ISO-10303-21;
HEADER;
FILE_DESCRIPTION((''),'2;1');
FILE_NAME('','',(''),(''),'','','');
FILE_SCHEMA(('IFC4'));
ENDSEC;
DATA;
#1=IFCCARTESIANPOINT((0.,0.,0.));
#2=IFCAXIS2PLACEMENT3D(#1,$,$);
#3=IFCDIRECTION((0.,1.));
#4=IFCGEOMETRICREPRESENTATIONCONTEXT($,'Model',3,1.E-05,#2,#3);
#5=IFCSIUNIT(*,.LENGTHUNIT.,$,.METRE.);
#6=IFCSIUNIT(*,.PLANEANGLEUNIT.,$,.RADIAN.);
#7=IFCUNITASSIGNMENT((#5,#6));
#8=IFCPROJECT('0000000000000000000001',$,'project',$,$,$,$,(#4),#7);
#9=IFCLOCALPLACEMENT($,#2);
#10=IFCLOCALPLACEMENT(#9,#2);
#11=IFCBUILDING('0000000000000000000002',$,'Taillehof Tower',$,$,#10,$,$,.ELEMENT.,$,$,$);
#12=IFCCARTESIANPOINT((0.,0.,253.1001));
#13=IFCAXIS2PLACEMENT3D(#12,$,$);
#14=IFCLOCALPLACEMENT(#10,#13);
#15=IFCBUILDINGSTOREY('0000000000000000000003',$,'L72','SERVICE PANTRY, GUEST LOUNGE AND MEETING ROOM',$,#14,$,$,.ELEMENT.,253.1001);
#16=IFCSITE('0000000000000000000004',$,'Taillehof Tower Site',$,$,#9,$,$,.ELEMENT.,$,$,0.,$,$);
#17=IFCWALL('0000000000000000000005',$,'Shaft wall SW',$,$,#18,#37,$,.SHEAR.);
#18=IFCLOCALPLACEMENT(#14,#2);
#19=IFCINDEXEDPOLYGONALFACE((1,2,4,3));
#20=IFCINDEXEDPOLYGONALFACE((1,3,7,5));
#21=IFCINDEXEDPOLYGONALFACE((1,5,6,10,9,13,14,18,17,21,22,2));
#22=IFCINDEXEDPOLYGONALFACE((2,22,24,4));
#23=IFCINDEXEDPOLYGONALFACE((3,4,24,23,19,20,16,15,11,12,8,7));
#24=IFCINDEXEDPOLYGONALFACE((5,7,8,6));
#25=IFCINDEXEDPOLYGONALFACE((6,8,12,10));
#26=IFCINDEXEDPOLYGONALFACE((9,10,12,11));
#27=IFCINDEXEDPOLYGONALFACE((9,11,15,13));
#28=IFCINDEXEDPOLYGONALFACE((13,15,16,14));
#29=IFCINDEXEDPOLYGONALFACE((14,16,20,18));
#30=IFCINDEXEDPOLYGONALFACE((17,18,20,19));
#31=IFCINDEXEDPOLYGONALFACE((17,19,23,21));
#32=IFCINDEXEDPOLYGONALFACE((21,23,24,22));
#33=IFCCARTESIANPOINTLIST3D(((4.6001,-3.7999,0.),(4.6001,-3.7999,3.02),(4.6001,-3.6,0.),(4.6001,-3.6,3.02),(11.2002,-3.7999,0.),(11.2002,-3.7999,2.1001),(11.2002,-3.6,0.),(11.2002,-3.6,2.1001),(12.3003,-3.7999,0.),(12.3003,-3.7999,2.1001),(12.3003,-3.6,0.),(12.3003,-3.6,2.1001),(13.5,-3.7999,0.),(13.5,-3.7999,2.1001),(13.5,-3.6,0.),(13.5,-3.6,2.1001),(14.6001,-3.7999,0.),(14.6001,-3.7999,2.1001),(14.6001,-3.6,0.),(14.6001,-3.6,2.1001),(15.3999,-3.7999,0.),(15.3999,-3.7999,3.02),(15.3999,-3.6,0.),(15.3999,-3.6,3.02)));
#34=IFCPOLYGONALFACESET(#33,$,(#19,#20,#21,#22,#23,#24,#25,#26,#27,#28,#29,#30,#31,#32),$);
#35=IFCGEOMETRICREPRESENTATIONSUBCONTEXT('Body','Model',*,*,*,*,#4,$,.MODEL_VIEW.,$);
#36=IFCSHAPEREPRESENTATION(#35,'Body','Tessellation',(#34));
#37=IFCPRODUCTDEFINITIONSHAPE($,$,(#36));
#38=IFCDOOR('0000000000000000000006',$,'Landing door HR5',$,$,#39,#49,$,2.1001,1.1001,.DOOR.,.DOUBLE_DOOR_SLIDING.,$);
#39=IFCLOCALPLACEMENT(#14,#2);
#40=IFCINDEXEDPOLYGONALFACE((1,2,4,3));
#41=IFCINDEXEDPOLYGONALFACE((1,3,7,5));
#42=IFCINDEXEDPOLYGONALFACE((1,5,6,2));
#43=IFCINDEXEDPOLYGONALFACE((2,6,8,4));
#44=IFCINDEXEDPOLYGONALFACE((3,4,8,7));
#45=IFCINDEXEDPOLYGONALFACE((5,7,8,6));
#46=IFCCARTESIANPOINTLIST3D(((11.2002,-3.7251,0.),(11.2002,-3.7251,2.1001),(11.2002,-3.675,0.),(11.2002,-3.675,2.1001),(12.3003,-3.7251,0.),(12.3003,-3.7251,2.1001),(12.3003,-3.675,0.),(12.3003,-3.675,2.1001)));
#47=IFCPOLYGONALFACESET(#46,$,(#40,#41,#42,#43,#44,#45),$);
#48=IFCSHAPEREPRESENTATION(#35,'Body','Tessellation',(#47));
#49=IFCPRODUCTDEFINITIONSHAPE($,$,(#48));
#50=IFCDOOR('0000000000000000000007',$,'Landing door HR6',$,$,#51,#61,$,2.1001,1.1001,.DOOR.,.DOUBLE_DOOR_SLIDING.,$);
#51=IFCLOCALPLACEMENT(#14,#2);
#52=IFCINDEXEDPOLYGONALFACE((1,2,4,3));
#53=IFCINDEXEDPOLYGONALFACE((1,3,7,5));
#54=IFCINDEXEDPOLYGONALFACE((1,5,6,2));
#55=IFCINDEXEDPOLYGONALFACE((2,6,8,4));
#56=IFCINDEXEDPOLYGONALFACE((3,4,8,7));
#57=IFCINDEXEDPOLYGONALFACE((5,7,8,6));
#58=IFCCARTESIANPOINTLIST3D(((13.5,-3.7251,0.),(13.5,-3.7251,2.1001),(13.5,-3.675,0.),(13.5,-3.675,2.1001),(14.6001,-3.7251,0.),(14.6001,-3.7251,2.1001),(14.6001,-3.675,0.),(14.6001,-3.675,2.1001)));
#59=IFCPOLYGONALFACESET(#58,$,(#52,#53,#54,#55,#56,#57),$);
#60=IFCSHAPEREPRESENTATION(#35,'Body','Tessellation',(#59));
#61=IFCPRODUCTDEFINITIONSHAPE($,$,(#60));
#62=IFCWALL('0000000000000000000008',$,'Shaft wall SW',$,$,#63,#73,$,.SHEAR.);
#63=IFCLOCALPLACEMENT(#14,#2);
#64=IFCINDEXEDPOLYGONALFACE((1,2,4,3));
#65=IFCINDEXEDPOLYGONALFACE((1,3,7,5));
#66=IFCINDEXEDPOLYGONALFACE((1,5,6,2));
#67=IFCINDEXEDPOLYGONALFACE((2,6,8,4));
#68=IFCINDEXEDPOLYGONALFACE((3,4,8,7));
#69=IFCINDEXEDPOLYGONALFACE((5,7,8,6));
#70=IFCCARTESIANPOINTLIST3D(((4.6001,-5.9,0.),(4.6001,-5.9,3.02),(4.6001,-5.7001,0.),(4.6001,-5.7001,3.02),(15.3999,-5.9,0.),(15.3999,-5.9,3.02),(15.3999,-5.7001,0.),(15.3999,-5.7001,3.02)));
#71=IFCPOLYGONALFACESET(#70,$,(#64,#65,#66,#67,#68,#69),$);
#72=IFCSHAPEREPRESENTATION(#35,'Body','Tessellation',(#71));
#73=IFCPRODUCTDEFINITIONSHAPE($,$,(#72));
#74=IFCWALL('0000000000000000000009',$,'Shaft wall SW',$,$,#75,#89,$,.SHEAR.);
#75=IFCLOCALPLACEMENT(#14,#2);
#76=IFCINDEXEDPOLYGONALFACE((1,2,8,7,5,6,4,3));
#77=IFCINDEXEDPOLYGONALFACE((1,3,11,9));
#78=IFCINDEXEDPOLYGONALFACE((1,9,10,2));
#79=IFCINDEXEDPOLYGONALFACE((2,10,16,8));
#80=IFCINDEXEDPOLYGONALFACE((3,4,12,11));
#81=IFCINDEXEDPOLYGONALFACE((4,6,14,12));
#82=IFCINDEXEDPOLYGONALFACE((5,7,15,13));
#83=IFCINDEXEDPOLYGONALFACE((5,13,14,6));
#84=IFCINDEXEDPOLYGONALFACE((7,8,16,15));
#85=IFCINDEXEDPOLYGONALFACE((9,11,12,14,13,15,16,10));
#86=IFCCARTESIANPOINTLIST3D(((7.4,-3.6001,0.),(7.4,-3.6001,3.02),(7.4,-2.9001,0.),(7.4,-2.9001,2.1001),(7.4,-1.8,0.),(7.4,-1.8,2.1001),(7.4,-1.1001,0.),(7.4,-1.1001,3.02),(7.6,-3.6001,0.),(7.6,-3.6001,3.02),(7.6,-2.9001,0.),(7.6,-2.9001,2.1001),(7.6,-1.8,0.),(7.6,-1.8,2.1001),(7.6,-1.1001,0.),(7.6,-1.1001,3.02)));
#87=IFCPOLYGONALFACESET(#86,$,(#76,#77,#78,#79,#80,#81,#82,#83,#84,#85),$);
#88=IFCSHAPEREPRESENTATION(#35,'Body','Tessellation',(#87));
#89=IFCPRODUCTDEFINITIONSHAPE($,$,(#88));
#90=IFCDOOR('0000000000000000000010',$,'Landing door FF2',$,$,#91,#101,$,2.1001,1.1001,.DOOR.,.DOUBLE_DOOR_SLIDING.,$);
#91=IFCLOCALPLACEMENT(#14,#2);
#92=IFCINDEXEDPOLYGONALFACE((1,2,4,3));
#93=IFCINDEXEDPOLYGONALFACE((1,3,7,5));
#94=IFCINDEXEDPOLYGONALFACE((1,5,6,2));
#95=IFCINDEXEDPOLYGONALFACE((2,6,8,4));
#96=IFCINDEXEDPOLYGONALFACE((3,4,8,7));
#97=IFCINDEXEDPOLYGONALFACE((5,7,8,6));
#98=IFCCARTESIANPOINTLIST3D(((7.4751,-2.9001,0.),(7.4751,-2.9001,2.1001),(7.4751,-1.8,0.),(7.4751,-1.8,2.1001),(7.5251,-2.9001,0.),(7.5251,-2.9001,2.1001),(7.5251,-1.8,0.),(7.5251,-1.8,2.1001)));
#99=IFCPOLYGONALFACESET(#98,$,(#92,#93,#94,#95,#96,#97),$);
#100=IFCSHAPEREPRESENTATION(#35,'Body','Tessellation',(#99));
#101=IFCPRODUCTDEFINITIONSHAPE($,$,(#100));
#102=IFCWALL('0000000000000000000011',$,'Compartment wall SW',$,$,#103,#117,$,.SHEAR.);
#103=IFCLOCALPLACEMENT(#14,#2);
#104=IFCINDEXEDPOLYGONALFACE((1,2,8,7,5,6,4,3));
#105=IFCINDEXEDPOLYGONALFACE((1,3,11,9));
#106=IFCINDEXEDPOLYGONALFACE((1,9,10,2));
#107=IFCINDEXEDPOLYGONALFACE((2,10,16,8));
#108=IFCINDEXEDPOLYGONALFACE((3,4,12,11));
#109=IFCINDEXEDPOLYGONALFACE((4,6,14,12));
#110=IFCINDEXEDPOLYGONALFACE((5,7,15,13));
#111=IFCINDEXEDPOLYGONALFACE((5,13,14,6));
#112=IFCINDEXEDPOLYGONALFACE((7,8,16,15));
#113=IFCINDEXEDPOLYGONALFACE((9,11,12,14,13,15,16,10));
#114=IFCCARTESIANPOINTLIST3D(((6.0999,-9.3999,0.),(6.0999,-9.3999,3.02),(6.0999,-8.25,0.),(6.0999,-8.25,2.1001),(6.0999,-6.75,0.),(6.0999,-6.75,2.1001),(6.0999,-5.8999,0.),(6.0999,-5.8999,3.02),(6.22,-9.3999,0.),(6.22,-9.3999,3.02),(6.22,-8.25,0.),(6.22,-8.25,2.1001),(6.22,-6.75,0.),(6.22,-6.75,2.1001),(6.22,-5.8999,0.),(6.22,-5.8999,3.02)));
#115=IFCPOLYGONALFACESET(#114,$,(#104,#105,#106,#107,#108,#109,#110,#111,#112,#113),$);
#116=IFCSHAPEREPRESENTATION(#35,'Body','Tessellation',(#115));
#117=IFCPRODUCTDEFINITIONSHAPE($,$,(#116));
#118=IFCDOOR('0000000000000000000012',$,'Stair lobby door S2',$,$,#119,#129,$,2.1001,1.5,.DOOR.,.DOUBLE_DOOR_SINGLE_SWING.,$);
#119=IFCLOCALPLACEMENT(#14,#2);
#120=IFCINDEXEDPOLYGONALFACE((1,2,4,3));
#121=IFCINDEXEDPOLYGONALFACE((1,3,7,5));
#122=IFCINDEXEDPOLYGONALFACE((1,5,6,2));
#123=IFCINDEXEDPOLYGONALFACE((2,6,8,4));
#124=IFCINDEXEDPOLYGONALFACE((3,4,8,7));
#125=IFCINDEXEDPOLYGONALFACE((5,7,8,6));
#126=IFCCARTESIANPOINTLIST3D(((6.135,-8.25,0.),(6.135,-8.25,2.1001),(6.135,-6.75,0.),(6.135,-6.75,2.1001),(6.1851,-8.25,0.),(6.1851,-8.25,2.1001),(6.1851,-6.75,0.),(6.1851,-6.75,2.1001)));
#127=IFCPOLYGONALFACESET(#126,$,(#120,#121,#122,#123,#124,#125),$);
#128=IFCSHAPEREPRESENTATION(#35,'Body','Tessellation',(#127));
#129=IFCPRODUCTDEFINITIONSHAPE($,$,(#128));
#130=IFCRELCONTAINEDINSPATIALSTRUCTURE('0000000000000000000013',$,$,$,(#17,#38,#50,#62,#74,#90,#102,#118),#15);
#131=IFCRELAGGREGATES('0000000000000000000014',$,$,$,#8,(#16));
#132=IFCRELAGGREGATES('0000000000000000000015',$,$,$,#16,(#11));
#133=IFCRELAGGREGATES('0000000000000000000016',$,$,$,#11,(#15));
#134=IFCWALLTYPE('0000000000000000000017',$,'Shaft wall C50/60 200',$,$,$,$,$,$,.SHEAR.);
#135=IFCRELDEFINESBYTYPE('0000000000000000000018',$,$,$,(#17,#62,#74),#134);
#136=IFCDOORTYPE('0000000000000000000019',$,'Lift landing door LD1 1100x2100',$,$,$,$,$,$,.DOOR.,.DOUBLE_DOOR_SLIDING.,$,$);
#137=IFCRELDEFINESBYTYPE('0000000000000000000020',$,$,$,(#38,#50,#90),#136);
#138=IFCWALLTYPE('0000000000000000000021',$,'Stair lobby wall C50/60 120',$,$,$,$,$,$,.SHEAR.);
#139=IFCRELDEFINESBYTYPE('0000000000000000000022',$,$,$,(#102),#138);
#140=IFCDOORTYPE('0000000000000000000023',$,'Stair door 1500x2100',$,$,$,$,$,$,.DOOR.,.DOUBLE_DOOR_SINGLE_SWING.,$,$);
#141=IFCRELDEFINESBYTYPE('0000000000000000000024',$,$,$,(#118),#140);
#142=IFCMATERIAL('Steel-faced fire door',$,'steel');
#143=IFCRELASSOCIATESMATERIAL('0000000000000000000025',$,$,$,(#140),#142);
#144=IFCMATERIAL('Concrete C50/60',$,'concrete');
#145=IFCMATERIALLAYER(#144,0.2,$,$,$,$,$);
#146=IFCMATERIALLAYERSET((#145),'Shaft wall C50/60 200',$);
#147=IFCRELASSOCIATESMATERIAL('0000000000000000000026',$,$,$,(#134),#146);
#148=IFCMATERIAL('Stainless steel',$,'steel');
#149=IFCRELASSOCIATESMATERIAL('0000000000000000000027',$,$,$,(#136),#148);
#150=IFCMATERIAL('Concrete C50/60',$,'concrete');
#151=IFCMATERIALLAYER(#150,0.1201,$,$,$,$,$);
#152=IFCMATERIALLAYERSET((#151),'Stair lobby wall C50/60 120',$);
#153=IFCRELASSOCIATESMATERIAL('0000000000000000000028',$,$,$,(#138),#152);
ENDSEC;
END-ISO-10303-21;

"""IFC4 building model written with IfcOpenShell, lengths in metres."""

from ifc_helpers import new_model, si_unit, direction, frame, frame_2d, origin, place, context, subcontext, project, spatial, rectangle, extrude, material, layer, layer_set, type_object, element, fill, save


model = new_model("IFC4")

# Units and contexts
model_context = context("Model", 3, precision=1e-05, world=origin(), true_north=direction((0.0, 1.0)))
body_context = subcontext(model_context, "Body", "Model", "MODEL_VIEW")
ifc_project = project(units=[si_unit("LENGTHUNIT", "METRE"), si_unit("PLANEANGLEUNIT", "RADIAN")], contexts=[model_context])

# Site, building, storey
site_placement = place(None, origin())
site = spatial("IfcSite", under=ifc_project, at=site_placement, Name="Taillehof Tower Site", CompositionType="ELEMENT", RefElevation=0.0)
building_placement = place(site_placement, origin())
building = spatial("IfcBuilding", under=site, at=building_placement, Name="Taillehof Tower", CompositionType="ELEMENT")
storey_placement = place(building_placement, frame((0.0, 0.0, 253.1001)))
storey = spatial("IfcBuildingStorey", under=building, at=storey_placement, Name="L72", Description="SERVICE PANTRY, GUEST LOUNGE AND MEETING ROOM", CompositionType="ELEMENT", Elevation=253.1001)

# Wall, openings, doors
ifc_material_1 = material(Name="Steel-faced fire door", Category="steel")
door_type_1 = type_object("IfcDoorType", Name="Stair door 1500x2100", OperationType="DOUBLE_DOOR_SINGLE_SWING", PredefinedType="DOOR", material=ifc_material_1)
ifc_material_2 = material(Name="Concrete C50/60", Category="concrete")
ifc_layer_1 = layer(ifc_material_2, 0.2)
ifc_layer_set_1 = layer_set([ifc_layer_1], Name="Shaft wall C50/60 200")
wall_type_1 = type_object("IfcWallType", Name="Shaft wall C50/60 200", PredefinedType="SHEAR", material=ifc_layer_set_1)
wall_1_placement = place(storey_placement, frame((4.6001, -3.7, 0.0), z_axis=(0.0, 0.0, 1.0), x_axis=(1.0, 0.0, 0.0)))
wall_1 = element("IfcWall", 1, at=wall_1_placement, inside=storey, type_object=wall_type_1, Name="Shaft wall SW", PredefinedType="SHEAR", context=body_context, shape_type="SweptSolid", body=[
    extrude(rectangle(XDim=10.7998, YDim=0.2, at=frame_2d((5.3999, 0.0))), origin(), (0.0, 0.0, 1.0), 3.02),
])
opening_1_placement = place(wall_1_placement, frame((6.6001, 0.0, 0.0)))
opening_1 = element("IfcOpeningElement", 2, at=opening_1_placement, cuts=wall_1, PredefinedType="OPENING", context=body_context, shape_type="SweptSolid", body=[
    extrude(rectangle(XDim=1.1001, YDim=2.1001, at=frame_2d((0.55, 1.05))), frame((0.0, 0.1099, 0.0), z_axis=(0.0, -1.0, 0.0), x_axis=(1.0, 0.0, 0.0)), (0.0, 0.0, 1.0), 0.22),
])
opening_2_placement = place(wall_1_placement, frame((8.8999, 0.0, 0.0)))
opening_2 = element("IfcOpeningElement", 3, at=opening_2_placement, cuts=wall_1, PredefinedType="OPENING", context=body_context, shape_type="SweptSolid", body=[
    extrude(rectangle(XDim=1.1001, YDim=2.1001, at=frame_2d((0.55, 1.05))), frame((0.0, 0.1099, 0.0), z_axis=(0.0, -1.0, 0.0), x_axis=(1.0, 0.0, 0.0)), (0.0, 0.0, 1.0), 0.22),
])
ifc_material_3 = material(Name="Stainless steel", Category="steel")
door_type_2 = type_object("IfcDoorType", Name="Lift landing door LD1 1100x2100", OperationType="DOUBLE_DOOR_SLIDING", PredefinedType="DOOR", material=ifc_material_3)
door_1_placement = place(opening_1_placement, origin())
door_1 = element("IfcDoor", 4, at=door_1_placement, inside=storey, type_object=door_type_2, Name="Landing door HR5", OperationType="DOUBLE_DOOR_SLIDING", OverallHeight=2.1001, OverallWidth=1.1001, PredefinedType="DOOR", context=body_context, shape_type="SweptSolid", body=[
    extrude(rectangle(XDim=1.1001, YDim=2.1001, at=frame_2d((0.55, 1.05))), frame((0.0, 0.0249, 0.0), z_axis=(0.0, -1.0, 0.0), x_axis=(1.0, 0.0, 0.0)), (0.0, 0.0, 1.0), 0.05),
])
fill(opening_1, door_1)
door_2_placement = place(opening_2_placement, origin())
door_2 = element("IfcDoor", 5, at=door_2_placement, inside=storey, type_object=door_type_2, Name="Landing door HR6", OperationType="DOUBLE_DOOR_SLIDING", OverallHeight=2.1001, OverallWidth=1.1001, PredefinedType="DOOR", context=body_context, shape_type="SweptSolid", body=[
    extrude(rectangle(XDim=1.1001, YDim=2.1001, at=frame_2d((0.55, 1.05))), frame((0.0, 0.0249, 0.0), z_axis=(0.0, -1.0, 0.0), x_axis=(1.0, 0.0, 0.0)), (0.0, 0.0, 1.0), 0.05),
])
fill(opening_2, door_2)

# Wall
wall_2_placement = place(storey_placement, frame((4.6001, -5.8, 0.0), z_axis=(0.0, 0.0, 1.0), x_axis=(1.0, 0.0, 0.0)))
element("IfcWall", 6, at=wall_2_placement, inside=storey, type_object=wall_type_1, Name="Shaft wall SW", PredefinedType="SHEAR", context=body_context, shape_type="SweptSolid", body=[
    extrude(rectangle(XDim=10.7998, YDim=0.2, at=frame_2d((5.3999, 0.0))), origin(), (0.0, 0.0, 1.0), 3.02),
])

# Walls, openings, doors
wall_3_placement = place(storey_placement, frame((7.5, -3.6001, 0.0), z_axis=(0.0, 0.0, 1.0), x_axis=(0.0, 1.0, 0.0)))
wall_3 = element("IfcWall", 7, at=wall_3_placement, inside=storey, type_object=wall_type_1, Name="Shaft wall SW", PredefinedType="SHEAR", context=body_context, shape_type="SweptSolid", body=[
    extrude(rectangle(XDim=2.5, YDim=0.2, at=frame_2d((1.25, 0.0))), origin(), (0.0, 0.0, 1.0), 3.02),
])
opening_3_placement = place(wall_3_placement, frame((0.7, 0.0, 0.0)))
opening_3 = element("IfcOpeningElement", 8, at=opening_3_placement, cuts=wall_3, PredefinedType="OPENING", context=body_context, shape_type="SweptSolid", body=[
    extrude(rectangle(XDim=1.1001, YDim=2.1001, at=frame_2d((0.55, 1.05))), frame((0.0, 0.1099, 0.0), z_axis=(0.0, -1.0, 0.0), x_axis=(1.0, 0.0, 0.0)), (0.0, 0.0, 1.0), 0.22),
])
door_3_placement = place(opening_3_placement, origin())
door_3 = element("IfcDoor", 9, at=door_3_placement, inside=storey, type_object=door_type_2, Name="Landing door FF2", OperationType="DOUBLE_DOOR_SLIDING", OverallHeight=2.1001, OverallWidth=1.1001, PredefinedType="DOOR", context=body_context, shape_type="SweptSolid", body=[
    extrude(rectangle(XDim=1.1001, YDim=2.1001, at=frame_2d((0.55, 1.05))), frame((0.0, 0.0249, 0.0), z_axis=(0.0, -1.0, 0.0), x_axis=(1.0, 0.0, 0.0)), (0.0, 0.0, 1.0), 0.05),
])
fill(opening_3, door_3)
ifc_material_4 = material(Name="Concrete C50/60", Category="concrete")
ifc_layer_2 = layer(ifc_material_4, 0.1201)
ifc_layer_set_2 = layer_set([ifc_layer_2], Name="Stair lobby wall C50/60 120")
wall_type_2 = type_object("IfcWallType", Name="Stair lobby wall C50/60 120", PredefinedType="SHEAR", material=ifc_layer_set_2)
wall_4_placement = place(storey_placement, frame((6.1599, -9.3999, 0.0), z_axis=(0.0, 0.0, 1.0), x_axis=(0.0, 1.0, 0.0)))
wall_4 = element("IfcWall", 10, at=wall_4_placement, inside=storey, type_object=wall_type_2, Name="Compartment wall SW", PredefinedType="SHEAR", context=body_context, shape_type="SweptSolid", body=[
    extrude(rectangle(XDim=3.5, YDim=0.1201, at=frame_2d((1.75, 0.0))), origin(), (0.0, 0.0, 1.0), 3.02),
])
opening_4_placement = place(wall_4_placement, frame((1.1499, 0.0, 0.0)))
opening_4 = element("IfcOpeningElement", 11, at=opening_4_placement, cuts=wall_4, PredefinedType="OPENING", context=body_context, shape_type="SweptSolid", body=[
    extrude(rectangle(XDim=1.5, YDim=2.1001, at=frame_2d((0.75, 1.05))), frame((0.0, 0.0701, 0.0), z_axis=(0.0, -1.0, 0.0), x_axis=(1.0, 0.0, 0.0)), (0.0, 0.0, 1.0), 0.1401),
])
door_4_placement = place(opening_4_placement, origin())
door_4 = element("IfcDoor", 12, at=door_4_placement, inside=storey, type_object=door_type_1, Name="Stair lobby door S2", OperationType="DOUBLE_DOOR_SINGLE_SWING", OverallHeight=2.1001, OverallWidth=1.5, PredefinedType="DOOR", context=body_context, shape_type="SweptSolid", body=[
    extrude(rectangle(XDim=1.5, YDim=2.1001, at=frame_2d((0.75, 1.05))), frame((0.0, 0.0249, 0.0), z_axis=(0.0, -1.0, 0.0), x_axis=(1.0, 0.0, 0.0)), (0.0, 0.0, 1.0), 0.05),
])
fill(opening_4, door_4)

save(model, "model.ifc")
